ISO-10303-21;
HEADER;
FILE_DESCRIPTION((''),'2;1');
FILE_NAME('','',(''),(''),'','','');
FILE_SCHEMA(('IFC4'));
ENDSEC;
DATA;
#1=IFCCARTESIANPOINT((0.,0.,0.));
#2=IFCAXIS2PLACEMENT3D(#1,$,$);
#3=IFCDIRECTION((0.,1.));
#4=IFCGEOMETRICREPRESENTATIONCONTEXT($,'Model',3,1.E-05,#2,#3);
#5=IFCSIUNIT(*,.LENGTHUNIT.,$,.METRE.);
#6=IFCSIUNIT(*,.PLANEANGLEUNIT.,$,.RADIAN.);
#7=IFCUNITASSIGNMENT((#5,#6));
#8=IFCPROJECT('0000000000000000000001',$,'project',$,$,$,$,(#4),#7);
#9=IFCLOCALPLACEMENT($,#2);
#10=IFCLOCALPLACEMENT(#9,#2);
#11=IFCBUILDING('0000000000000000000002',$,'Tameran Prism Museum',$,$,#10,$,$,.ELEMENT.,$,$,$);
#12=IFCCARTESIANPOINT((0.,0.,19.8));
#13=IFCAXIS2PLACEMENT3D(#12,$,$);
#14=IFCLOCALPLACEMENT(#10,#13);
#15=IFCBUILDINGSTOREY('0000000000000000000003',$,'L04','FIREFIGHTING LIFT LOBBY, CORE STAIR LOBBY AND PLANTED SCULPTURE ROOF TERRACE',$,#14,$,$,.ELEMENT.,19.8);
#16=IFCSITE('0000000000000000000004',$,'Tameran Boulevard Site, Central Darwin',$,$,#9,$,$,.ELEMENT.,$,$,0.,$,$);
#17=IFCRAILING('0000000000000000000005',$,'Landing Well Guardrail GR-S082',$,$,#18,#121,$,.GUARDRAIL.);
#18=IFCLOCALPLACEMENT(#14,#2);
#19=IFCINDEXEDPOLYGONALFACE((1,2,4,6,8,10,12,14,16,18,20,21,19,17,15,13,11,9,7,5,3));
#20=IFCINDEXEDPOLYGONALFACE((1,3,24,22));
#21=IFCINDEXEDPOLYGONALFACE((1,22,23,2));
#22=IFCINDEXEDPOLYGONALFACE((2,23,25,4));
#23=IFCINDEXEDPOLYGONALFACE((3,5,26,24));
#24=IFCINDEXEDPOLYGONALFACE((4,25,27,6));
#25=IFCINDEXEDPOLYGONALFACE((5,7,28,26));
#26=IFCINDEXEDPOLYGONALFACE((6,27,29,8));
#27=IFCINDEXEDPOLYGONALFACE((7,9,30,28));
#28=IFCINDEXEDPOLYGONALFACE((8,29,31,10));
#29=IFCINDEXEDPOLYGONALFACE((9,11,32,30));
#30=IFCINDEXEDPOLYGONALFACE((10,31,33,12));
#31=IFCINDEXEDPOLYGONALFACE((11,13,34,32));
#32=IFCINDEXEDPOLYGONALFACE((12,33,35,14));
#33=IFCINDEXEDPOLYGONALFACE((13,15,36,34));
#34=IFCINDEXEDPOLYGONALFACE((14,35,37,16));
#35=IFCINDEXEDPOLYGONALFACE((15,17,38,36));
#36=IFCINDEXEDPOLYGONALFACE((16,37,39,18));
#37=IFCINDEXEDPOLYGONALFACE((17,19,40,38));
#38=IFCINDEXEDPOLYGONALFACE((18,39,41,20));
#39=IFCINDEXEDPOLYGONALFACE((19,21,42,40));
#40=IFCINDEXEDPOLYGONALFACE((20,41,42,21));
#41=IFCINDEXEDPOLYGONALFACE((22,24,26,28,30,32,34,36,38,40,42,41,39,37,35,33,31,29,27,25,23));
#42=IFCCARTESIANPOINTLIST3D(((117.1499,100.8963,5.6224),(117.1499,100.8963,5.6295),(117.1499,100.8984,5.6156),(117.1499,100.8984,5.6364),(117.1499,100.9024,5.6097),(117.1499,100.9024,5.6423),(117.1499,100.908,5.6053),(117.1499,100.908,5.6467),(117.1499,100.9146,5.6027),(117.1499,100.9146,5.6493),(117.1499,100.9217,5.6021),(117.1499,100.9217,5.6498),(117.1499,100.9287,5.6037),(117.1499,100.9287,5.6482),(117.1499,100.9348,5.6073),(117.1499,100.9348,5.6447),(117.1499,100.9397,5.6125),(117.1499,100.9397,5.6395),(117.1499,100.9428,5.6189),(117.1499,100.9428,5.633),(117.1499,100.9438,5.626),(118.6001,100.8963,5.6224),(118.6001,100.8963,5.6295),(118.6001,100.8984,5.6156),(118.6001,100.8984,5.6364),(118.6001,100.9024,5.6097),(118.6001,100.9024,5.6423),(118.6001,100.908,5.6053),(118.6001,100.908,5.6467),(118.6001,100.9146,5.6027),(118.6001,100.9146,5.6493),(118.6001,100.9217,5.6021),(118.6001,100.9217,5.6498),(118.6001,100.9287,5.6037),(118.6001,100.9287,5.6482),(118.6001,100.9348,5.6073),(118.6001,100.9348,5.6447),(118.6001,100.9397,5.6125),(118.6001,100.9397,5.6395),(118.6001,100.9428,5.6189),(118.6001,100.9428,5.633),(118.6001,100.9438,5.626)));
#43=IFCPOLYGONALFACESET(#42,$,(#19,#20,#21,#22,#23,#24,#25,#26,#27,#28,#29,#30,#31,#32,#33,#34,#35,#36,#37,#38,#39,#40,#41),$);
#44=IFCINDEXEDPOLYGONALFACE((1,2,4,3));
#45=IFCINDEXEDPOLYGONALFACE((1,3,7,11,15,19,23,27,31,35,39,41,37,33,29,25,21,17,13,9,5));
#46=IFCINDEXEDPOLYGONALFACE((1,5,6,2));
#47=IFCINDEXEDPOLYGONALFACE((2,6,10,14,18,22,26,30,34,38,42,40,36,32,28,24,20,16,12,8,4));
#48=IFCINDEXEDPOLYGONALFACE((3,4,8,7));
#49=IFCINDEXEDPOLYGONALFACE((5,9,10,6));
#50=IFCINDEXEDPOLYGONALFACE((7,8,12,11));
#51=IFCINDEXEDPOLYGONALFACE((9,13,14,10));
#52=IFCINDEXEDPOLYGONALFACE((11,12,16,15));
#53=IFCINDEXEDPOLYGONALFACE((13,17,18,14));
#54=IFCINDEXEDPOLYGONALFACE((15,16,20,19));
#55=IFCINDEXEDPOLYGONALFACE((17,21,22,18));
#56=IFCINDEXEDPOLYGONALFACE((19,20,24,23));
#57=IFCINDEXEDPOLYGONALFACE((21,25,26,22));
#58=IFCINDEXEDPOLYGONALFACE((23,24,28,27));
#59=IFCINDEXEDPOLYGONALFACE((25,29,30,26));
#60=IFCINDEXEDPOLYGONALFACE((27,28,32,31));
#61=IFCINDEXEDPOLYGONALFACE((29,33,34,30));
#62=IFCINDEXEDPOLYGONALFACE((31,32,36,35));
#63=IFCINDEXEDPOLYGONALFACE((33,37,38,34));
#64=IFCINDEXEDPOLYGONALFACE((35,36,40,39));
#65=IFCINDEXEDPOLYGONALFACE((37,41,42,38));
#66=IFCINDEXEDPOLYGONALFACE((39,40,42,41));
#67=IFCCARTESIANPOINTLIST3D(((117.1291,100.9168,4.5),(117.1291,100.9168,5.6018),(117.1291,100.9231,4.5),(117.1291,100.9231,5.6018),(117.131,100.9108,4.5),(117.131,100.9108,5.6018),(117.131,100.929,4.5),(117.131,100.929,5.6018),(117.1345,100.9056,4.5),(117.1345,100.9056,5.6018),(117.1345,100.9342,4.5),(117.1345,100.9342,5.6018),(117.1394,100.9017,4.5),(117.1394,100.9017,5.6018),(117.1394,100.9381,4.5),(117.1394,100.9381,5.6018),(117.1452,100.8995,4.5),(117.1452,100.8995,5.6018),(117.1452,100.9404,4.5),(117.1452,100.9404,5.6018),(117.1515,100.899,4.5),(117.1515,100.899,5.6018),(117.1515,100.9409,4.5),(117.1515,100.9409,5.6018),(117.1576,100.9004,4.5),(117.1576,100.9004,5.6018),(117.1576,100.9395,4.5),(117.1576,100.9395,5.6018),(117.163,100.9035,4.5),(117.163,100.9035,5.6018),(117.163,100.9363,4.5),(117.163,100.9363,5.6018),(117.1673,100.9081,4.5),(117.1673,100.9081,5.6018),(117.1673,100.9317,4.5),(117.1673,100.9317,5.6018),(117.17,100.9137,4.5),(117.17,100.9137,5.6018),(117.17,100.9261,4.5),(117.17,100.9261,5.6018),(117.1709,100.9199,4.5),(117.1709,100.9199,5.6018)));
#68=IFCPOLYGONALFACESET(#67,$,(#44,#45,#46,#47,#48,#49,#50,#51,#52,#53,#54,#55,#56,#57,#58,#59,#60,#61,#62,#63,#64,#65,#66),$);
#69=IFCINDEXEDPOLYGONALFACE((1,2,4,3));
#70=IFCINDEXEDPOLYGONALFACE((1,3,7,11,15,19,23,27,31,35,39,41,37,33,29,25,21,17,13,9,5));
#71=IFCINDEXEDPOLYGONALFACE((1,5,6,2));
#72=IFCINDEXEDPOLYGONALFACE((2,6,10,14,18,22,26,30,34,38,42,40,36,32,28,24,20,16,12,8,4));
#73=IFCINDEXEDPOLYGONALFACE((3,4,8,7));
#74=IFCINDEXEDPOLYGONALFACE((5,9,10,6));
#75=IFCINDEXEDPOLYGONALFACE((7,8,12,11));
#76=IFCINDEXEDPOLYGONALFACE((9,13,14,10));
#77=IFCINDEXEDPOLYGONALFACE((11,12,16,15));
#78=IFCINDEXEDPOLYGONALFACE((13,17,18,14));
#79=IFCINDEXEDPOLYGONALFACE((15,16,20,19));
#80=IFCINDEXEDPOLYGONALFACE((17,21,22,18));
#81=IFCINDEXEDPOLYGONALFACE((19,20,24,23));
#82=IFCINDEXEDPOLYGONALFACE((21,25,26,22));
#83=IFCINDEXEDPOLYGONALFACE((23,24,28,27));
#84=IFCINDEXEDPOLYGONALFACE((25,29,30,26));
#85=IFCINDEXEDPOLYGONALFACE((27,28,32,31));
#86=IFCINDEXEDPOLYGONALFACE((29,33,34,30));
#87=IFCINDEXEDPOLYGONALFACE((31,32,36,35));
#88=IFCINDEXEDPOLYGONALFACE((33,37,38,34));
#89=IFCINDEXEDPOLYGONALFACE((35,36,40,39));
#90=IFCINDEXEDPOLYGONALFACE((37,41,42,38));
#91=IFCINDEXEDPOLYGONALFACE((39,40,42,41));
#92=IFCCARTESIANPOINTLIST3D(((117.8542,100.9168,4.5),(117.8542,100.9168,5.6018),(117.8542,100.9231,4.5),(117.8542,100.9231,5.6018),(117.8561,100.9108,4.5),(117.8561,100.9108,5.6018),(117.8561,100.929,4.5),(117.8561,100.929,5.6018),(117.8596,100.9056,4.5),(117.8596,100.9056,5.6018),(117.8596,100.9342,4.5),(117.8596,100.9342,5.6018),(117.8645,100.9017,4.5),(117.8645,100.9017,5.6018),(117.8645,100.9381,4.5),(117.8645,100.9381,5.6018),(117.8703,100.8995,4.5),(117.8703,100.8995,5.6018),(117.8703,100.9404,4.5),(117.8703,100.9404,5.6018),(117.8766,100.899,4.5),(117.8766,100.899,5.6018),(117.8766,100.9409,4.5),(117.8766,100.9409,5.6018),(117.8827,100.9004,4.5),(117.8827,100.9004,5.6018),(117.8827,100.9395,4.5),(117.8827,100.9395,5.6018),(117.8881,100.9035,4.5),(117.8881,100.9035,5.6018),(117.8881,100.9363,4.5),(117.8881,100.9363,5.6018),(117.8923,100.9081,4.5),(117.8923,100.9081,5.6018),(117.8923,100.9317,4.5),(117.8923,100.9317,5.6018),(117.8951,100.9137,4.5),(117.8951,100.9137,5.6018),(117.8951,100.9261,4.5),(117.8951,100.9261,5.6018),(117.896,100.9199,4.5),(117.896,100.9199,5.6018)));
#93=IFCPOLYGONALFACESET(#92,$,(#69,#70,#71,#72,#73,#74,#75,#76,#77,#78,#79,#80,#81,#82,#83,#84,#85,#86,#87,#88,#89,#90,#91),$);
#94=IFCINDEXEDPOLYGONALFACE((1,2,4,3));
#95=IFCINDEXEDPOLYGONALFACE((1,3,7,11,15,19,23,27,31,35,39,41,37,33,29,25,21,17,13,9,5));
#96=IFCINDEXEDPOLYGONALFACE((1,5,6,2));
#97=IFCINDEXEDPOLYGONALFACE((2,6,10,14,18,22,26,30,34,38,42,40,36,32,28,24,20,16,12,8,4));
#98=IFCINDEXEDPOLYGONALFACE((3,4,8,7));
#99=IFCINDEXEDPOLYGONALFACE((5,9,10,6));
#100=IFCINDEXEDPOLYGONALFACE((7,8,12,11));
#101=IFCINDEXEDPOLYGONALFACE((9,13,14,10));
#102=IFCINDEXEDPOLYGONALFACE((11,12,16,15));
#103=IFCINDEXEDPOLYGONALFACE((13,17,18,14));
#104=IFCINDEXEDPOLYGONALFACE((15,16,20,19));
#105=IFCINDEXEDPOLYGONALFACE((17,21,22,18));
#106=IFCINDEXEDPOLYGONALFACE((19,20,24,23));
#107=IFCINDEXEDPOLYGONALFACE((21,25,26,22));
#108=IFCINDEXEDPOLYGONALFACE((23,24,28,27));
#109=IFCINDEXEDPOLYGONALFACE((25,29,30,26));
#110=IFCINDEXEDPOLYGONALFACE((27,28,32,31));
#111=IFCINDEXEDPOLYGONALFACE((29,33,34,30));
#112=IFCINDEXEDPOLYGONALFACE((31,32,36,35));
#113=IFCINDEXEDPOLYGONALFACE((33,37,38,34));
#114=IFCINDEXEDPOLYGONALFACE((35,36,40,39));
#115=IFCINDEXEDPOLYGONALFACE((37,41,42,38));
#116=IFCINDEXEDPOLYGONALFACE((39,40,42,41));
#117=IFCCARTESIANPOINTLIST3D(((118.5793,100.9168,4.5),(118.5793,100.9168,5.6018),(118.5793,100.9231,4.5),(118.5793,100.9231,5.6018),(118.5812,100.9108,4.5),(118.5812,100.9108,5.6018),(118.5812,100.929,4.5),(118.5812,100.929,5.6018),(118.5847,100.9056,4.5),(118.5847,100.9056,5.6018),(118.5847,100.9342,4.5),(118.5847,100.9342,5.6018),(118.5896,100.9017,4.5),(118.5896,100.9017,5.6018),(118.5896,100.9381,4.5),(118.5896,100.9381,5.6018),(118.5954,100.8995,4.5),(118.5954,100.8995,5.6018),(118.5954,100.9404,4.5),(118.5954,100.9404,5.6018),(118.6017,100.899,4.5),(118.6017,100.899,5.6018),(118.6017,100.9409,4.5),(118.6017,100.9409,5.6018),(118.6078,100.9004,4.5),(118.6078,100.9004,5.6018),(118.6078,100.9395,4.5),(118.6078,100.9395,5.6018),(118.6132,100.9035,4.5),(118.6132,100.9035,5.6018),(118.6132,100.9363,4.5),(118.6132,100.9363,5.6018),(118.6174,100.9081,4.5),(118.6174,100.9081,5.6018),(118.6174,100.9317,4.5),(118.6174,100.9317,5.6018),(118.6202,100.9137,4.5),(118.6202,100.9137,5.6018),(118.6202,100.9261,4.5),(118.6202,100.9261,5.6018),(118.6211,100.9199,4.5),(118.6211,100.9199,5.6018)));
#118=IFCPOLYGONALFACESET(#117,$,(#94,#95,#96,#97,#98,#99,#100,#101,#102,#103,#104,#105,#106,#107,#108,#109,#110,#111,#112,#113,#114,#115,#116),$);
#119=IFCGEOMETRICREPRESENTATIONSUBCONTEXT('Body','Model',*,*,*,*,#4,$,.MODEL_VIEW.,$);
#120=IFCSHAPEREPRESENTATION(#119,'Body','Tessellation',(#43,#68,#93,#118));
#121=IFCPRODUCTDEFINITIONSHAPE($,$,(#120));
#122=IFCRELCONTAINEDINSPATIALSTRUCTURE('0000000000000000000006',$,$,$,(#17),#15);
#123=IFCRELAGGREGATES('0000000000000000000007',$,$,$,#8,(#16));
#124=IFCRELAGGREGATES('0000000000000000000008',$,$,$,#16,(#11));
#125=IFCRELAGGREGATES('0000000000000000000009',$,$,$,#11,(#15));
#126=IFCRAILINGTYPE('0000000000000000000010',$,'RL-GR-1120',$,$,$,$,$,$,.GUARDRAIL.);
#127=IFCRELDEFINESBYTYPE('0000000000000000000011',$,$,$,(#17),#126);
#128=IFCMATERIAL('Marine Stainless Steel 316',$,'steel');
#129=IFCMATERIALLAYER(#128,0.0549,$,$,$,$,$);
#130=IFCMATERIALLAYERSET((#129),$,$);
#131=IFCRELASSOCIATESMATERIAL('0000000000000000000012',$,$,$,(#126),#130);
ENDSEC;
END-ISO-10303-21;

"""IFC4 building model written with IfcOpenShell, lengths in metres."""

from ifc_helpers import new_model, si_unit, direction, frame, origin, origin_2d, place, context, subcontext, project, spatial, circle, extrude, material, layer, layer_set, type_object, element, save


model = new_model("IFC4")

# Units and contexts
model_context = context("Model", 3, precision=1e-05, world=origin(), true_north=direction((0.0, 1.0)))
body_context = subcontext(model_context, "Body", "Model", "MODEL_VIEW")
ifc_project = project(units=[si_unit("LENGTHUNIT", "METRE"), si_unit("PLANEANGLEUNIT", "RADIAN")], contexts=[model_context])

# Site, building, storey
site_placement = place(None, origin())
site = spatial("IfcSite", under=ifc_project, at=site_placement, Name="Tameran Boulevard Site, Central Darwin", CompositionType="ELEMENT", RefElevation=0.0)
building_placement = place(site_placement, origin())
building = spatial("IfcBuilding", under=site, at=building_placement, Name="Tameran Prism Museum", CompositionType="ELEMENT")
storey_placement = place(building_placement, frame((0.0, 0.0, 19.8)))
storey = spatial("IfcBuildingStorey", under=building, at=storey_placement, Name="L04", Description="FIREFIGHTING LIFT LOBBY, CORE STAIR LOBBY AND PLANTED SCULPTURE ROOF TERRACE", CompositionType="ELEMENT", Elevation=19.8)

# Railing
ifc_material_1 = material(Name="Marine Stainless Steel 316", Category="steel")
ifc_layer_1 = layer(ifc_material_1, 0.0549)
ifc_layer_set_1 = layer_set([ifc_layer_1])
railing_type_1 = type_object("IfcRailingType", Name="RL-GR-1120", PredefinedType="GUARDRAIL", material=ifc_layer_set_1)
for number, where, name in (
    (1, (117.1499, 100.9199, 4.5), "Landing Well Guardrail GR-S082"),
):
    element("IfcRailing", number, at=place(storey_placement, frame(where)), inside=storey, type_object=railing_type_1, Name=name, PredefinedType="GUARDRAIL", context=body_context, shape_type="SweptSolid", body=[
        extrude(circle(Radius=0.0239, at=origin_2d()), frame((0.0, 0.0, 1.126), z_axis=(1.0, 0.0, 0.0), x_axis=(0.0, 1.0, 0.0)), (0.0, 0.0, 1.0), 1.4502),
        extrude(circle(Radius=0.021, at=origin_2d()), origin(), (0.0, 0.0, 1.0), 1.1018),
        extrude(circle(Radius=0.021, at=origin_2d()), frame((0.7251, 0.0, 0.0)), (0.0, 0.0, 1.0), 1.1018),
        extrude(circle(Radius=0.021, at=origin_2d()), frame((1.4502, 0.0, 0.0)), (0.0, 0.0, 1.0), 1.1018),
    ])

save(model, "model.ifc")
